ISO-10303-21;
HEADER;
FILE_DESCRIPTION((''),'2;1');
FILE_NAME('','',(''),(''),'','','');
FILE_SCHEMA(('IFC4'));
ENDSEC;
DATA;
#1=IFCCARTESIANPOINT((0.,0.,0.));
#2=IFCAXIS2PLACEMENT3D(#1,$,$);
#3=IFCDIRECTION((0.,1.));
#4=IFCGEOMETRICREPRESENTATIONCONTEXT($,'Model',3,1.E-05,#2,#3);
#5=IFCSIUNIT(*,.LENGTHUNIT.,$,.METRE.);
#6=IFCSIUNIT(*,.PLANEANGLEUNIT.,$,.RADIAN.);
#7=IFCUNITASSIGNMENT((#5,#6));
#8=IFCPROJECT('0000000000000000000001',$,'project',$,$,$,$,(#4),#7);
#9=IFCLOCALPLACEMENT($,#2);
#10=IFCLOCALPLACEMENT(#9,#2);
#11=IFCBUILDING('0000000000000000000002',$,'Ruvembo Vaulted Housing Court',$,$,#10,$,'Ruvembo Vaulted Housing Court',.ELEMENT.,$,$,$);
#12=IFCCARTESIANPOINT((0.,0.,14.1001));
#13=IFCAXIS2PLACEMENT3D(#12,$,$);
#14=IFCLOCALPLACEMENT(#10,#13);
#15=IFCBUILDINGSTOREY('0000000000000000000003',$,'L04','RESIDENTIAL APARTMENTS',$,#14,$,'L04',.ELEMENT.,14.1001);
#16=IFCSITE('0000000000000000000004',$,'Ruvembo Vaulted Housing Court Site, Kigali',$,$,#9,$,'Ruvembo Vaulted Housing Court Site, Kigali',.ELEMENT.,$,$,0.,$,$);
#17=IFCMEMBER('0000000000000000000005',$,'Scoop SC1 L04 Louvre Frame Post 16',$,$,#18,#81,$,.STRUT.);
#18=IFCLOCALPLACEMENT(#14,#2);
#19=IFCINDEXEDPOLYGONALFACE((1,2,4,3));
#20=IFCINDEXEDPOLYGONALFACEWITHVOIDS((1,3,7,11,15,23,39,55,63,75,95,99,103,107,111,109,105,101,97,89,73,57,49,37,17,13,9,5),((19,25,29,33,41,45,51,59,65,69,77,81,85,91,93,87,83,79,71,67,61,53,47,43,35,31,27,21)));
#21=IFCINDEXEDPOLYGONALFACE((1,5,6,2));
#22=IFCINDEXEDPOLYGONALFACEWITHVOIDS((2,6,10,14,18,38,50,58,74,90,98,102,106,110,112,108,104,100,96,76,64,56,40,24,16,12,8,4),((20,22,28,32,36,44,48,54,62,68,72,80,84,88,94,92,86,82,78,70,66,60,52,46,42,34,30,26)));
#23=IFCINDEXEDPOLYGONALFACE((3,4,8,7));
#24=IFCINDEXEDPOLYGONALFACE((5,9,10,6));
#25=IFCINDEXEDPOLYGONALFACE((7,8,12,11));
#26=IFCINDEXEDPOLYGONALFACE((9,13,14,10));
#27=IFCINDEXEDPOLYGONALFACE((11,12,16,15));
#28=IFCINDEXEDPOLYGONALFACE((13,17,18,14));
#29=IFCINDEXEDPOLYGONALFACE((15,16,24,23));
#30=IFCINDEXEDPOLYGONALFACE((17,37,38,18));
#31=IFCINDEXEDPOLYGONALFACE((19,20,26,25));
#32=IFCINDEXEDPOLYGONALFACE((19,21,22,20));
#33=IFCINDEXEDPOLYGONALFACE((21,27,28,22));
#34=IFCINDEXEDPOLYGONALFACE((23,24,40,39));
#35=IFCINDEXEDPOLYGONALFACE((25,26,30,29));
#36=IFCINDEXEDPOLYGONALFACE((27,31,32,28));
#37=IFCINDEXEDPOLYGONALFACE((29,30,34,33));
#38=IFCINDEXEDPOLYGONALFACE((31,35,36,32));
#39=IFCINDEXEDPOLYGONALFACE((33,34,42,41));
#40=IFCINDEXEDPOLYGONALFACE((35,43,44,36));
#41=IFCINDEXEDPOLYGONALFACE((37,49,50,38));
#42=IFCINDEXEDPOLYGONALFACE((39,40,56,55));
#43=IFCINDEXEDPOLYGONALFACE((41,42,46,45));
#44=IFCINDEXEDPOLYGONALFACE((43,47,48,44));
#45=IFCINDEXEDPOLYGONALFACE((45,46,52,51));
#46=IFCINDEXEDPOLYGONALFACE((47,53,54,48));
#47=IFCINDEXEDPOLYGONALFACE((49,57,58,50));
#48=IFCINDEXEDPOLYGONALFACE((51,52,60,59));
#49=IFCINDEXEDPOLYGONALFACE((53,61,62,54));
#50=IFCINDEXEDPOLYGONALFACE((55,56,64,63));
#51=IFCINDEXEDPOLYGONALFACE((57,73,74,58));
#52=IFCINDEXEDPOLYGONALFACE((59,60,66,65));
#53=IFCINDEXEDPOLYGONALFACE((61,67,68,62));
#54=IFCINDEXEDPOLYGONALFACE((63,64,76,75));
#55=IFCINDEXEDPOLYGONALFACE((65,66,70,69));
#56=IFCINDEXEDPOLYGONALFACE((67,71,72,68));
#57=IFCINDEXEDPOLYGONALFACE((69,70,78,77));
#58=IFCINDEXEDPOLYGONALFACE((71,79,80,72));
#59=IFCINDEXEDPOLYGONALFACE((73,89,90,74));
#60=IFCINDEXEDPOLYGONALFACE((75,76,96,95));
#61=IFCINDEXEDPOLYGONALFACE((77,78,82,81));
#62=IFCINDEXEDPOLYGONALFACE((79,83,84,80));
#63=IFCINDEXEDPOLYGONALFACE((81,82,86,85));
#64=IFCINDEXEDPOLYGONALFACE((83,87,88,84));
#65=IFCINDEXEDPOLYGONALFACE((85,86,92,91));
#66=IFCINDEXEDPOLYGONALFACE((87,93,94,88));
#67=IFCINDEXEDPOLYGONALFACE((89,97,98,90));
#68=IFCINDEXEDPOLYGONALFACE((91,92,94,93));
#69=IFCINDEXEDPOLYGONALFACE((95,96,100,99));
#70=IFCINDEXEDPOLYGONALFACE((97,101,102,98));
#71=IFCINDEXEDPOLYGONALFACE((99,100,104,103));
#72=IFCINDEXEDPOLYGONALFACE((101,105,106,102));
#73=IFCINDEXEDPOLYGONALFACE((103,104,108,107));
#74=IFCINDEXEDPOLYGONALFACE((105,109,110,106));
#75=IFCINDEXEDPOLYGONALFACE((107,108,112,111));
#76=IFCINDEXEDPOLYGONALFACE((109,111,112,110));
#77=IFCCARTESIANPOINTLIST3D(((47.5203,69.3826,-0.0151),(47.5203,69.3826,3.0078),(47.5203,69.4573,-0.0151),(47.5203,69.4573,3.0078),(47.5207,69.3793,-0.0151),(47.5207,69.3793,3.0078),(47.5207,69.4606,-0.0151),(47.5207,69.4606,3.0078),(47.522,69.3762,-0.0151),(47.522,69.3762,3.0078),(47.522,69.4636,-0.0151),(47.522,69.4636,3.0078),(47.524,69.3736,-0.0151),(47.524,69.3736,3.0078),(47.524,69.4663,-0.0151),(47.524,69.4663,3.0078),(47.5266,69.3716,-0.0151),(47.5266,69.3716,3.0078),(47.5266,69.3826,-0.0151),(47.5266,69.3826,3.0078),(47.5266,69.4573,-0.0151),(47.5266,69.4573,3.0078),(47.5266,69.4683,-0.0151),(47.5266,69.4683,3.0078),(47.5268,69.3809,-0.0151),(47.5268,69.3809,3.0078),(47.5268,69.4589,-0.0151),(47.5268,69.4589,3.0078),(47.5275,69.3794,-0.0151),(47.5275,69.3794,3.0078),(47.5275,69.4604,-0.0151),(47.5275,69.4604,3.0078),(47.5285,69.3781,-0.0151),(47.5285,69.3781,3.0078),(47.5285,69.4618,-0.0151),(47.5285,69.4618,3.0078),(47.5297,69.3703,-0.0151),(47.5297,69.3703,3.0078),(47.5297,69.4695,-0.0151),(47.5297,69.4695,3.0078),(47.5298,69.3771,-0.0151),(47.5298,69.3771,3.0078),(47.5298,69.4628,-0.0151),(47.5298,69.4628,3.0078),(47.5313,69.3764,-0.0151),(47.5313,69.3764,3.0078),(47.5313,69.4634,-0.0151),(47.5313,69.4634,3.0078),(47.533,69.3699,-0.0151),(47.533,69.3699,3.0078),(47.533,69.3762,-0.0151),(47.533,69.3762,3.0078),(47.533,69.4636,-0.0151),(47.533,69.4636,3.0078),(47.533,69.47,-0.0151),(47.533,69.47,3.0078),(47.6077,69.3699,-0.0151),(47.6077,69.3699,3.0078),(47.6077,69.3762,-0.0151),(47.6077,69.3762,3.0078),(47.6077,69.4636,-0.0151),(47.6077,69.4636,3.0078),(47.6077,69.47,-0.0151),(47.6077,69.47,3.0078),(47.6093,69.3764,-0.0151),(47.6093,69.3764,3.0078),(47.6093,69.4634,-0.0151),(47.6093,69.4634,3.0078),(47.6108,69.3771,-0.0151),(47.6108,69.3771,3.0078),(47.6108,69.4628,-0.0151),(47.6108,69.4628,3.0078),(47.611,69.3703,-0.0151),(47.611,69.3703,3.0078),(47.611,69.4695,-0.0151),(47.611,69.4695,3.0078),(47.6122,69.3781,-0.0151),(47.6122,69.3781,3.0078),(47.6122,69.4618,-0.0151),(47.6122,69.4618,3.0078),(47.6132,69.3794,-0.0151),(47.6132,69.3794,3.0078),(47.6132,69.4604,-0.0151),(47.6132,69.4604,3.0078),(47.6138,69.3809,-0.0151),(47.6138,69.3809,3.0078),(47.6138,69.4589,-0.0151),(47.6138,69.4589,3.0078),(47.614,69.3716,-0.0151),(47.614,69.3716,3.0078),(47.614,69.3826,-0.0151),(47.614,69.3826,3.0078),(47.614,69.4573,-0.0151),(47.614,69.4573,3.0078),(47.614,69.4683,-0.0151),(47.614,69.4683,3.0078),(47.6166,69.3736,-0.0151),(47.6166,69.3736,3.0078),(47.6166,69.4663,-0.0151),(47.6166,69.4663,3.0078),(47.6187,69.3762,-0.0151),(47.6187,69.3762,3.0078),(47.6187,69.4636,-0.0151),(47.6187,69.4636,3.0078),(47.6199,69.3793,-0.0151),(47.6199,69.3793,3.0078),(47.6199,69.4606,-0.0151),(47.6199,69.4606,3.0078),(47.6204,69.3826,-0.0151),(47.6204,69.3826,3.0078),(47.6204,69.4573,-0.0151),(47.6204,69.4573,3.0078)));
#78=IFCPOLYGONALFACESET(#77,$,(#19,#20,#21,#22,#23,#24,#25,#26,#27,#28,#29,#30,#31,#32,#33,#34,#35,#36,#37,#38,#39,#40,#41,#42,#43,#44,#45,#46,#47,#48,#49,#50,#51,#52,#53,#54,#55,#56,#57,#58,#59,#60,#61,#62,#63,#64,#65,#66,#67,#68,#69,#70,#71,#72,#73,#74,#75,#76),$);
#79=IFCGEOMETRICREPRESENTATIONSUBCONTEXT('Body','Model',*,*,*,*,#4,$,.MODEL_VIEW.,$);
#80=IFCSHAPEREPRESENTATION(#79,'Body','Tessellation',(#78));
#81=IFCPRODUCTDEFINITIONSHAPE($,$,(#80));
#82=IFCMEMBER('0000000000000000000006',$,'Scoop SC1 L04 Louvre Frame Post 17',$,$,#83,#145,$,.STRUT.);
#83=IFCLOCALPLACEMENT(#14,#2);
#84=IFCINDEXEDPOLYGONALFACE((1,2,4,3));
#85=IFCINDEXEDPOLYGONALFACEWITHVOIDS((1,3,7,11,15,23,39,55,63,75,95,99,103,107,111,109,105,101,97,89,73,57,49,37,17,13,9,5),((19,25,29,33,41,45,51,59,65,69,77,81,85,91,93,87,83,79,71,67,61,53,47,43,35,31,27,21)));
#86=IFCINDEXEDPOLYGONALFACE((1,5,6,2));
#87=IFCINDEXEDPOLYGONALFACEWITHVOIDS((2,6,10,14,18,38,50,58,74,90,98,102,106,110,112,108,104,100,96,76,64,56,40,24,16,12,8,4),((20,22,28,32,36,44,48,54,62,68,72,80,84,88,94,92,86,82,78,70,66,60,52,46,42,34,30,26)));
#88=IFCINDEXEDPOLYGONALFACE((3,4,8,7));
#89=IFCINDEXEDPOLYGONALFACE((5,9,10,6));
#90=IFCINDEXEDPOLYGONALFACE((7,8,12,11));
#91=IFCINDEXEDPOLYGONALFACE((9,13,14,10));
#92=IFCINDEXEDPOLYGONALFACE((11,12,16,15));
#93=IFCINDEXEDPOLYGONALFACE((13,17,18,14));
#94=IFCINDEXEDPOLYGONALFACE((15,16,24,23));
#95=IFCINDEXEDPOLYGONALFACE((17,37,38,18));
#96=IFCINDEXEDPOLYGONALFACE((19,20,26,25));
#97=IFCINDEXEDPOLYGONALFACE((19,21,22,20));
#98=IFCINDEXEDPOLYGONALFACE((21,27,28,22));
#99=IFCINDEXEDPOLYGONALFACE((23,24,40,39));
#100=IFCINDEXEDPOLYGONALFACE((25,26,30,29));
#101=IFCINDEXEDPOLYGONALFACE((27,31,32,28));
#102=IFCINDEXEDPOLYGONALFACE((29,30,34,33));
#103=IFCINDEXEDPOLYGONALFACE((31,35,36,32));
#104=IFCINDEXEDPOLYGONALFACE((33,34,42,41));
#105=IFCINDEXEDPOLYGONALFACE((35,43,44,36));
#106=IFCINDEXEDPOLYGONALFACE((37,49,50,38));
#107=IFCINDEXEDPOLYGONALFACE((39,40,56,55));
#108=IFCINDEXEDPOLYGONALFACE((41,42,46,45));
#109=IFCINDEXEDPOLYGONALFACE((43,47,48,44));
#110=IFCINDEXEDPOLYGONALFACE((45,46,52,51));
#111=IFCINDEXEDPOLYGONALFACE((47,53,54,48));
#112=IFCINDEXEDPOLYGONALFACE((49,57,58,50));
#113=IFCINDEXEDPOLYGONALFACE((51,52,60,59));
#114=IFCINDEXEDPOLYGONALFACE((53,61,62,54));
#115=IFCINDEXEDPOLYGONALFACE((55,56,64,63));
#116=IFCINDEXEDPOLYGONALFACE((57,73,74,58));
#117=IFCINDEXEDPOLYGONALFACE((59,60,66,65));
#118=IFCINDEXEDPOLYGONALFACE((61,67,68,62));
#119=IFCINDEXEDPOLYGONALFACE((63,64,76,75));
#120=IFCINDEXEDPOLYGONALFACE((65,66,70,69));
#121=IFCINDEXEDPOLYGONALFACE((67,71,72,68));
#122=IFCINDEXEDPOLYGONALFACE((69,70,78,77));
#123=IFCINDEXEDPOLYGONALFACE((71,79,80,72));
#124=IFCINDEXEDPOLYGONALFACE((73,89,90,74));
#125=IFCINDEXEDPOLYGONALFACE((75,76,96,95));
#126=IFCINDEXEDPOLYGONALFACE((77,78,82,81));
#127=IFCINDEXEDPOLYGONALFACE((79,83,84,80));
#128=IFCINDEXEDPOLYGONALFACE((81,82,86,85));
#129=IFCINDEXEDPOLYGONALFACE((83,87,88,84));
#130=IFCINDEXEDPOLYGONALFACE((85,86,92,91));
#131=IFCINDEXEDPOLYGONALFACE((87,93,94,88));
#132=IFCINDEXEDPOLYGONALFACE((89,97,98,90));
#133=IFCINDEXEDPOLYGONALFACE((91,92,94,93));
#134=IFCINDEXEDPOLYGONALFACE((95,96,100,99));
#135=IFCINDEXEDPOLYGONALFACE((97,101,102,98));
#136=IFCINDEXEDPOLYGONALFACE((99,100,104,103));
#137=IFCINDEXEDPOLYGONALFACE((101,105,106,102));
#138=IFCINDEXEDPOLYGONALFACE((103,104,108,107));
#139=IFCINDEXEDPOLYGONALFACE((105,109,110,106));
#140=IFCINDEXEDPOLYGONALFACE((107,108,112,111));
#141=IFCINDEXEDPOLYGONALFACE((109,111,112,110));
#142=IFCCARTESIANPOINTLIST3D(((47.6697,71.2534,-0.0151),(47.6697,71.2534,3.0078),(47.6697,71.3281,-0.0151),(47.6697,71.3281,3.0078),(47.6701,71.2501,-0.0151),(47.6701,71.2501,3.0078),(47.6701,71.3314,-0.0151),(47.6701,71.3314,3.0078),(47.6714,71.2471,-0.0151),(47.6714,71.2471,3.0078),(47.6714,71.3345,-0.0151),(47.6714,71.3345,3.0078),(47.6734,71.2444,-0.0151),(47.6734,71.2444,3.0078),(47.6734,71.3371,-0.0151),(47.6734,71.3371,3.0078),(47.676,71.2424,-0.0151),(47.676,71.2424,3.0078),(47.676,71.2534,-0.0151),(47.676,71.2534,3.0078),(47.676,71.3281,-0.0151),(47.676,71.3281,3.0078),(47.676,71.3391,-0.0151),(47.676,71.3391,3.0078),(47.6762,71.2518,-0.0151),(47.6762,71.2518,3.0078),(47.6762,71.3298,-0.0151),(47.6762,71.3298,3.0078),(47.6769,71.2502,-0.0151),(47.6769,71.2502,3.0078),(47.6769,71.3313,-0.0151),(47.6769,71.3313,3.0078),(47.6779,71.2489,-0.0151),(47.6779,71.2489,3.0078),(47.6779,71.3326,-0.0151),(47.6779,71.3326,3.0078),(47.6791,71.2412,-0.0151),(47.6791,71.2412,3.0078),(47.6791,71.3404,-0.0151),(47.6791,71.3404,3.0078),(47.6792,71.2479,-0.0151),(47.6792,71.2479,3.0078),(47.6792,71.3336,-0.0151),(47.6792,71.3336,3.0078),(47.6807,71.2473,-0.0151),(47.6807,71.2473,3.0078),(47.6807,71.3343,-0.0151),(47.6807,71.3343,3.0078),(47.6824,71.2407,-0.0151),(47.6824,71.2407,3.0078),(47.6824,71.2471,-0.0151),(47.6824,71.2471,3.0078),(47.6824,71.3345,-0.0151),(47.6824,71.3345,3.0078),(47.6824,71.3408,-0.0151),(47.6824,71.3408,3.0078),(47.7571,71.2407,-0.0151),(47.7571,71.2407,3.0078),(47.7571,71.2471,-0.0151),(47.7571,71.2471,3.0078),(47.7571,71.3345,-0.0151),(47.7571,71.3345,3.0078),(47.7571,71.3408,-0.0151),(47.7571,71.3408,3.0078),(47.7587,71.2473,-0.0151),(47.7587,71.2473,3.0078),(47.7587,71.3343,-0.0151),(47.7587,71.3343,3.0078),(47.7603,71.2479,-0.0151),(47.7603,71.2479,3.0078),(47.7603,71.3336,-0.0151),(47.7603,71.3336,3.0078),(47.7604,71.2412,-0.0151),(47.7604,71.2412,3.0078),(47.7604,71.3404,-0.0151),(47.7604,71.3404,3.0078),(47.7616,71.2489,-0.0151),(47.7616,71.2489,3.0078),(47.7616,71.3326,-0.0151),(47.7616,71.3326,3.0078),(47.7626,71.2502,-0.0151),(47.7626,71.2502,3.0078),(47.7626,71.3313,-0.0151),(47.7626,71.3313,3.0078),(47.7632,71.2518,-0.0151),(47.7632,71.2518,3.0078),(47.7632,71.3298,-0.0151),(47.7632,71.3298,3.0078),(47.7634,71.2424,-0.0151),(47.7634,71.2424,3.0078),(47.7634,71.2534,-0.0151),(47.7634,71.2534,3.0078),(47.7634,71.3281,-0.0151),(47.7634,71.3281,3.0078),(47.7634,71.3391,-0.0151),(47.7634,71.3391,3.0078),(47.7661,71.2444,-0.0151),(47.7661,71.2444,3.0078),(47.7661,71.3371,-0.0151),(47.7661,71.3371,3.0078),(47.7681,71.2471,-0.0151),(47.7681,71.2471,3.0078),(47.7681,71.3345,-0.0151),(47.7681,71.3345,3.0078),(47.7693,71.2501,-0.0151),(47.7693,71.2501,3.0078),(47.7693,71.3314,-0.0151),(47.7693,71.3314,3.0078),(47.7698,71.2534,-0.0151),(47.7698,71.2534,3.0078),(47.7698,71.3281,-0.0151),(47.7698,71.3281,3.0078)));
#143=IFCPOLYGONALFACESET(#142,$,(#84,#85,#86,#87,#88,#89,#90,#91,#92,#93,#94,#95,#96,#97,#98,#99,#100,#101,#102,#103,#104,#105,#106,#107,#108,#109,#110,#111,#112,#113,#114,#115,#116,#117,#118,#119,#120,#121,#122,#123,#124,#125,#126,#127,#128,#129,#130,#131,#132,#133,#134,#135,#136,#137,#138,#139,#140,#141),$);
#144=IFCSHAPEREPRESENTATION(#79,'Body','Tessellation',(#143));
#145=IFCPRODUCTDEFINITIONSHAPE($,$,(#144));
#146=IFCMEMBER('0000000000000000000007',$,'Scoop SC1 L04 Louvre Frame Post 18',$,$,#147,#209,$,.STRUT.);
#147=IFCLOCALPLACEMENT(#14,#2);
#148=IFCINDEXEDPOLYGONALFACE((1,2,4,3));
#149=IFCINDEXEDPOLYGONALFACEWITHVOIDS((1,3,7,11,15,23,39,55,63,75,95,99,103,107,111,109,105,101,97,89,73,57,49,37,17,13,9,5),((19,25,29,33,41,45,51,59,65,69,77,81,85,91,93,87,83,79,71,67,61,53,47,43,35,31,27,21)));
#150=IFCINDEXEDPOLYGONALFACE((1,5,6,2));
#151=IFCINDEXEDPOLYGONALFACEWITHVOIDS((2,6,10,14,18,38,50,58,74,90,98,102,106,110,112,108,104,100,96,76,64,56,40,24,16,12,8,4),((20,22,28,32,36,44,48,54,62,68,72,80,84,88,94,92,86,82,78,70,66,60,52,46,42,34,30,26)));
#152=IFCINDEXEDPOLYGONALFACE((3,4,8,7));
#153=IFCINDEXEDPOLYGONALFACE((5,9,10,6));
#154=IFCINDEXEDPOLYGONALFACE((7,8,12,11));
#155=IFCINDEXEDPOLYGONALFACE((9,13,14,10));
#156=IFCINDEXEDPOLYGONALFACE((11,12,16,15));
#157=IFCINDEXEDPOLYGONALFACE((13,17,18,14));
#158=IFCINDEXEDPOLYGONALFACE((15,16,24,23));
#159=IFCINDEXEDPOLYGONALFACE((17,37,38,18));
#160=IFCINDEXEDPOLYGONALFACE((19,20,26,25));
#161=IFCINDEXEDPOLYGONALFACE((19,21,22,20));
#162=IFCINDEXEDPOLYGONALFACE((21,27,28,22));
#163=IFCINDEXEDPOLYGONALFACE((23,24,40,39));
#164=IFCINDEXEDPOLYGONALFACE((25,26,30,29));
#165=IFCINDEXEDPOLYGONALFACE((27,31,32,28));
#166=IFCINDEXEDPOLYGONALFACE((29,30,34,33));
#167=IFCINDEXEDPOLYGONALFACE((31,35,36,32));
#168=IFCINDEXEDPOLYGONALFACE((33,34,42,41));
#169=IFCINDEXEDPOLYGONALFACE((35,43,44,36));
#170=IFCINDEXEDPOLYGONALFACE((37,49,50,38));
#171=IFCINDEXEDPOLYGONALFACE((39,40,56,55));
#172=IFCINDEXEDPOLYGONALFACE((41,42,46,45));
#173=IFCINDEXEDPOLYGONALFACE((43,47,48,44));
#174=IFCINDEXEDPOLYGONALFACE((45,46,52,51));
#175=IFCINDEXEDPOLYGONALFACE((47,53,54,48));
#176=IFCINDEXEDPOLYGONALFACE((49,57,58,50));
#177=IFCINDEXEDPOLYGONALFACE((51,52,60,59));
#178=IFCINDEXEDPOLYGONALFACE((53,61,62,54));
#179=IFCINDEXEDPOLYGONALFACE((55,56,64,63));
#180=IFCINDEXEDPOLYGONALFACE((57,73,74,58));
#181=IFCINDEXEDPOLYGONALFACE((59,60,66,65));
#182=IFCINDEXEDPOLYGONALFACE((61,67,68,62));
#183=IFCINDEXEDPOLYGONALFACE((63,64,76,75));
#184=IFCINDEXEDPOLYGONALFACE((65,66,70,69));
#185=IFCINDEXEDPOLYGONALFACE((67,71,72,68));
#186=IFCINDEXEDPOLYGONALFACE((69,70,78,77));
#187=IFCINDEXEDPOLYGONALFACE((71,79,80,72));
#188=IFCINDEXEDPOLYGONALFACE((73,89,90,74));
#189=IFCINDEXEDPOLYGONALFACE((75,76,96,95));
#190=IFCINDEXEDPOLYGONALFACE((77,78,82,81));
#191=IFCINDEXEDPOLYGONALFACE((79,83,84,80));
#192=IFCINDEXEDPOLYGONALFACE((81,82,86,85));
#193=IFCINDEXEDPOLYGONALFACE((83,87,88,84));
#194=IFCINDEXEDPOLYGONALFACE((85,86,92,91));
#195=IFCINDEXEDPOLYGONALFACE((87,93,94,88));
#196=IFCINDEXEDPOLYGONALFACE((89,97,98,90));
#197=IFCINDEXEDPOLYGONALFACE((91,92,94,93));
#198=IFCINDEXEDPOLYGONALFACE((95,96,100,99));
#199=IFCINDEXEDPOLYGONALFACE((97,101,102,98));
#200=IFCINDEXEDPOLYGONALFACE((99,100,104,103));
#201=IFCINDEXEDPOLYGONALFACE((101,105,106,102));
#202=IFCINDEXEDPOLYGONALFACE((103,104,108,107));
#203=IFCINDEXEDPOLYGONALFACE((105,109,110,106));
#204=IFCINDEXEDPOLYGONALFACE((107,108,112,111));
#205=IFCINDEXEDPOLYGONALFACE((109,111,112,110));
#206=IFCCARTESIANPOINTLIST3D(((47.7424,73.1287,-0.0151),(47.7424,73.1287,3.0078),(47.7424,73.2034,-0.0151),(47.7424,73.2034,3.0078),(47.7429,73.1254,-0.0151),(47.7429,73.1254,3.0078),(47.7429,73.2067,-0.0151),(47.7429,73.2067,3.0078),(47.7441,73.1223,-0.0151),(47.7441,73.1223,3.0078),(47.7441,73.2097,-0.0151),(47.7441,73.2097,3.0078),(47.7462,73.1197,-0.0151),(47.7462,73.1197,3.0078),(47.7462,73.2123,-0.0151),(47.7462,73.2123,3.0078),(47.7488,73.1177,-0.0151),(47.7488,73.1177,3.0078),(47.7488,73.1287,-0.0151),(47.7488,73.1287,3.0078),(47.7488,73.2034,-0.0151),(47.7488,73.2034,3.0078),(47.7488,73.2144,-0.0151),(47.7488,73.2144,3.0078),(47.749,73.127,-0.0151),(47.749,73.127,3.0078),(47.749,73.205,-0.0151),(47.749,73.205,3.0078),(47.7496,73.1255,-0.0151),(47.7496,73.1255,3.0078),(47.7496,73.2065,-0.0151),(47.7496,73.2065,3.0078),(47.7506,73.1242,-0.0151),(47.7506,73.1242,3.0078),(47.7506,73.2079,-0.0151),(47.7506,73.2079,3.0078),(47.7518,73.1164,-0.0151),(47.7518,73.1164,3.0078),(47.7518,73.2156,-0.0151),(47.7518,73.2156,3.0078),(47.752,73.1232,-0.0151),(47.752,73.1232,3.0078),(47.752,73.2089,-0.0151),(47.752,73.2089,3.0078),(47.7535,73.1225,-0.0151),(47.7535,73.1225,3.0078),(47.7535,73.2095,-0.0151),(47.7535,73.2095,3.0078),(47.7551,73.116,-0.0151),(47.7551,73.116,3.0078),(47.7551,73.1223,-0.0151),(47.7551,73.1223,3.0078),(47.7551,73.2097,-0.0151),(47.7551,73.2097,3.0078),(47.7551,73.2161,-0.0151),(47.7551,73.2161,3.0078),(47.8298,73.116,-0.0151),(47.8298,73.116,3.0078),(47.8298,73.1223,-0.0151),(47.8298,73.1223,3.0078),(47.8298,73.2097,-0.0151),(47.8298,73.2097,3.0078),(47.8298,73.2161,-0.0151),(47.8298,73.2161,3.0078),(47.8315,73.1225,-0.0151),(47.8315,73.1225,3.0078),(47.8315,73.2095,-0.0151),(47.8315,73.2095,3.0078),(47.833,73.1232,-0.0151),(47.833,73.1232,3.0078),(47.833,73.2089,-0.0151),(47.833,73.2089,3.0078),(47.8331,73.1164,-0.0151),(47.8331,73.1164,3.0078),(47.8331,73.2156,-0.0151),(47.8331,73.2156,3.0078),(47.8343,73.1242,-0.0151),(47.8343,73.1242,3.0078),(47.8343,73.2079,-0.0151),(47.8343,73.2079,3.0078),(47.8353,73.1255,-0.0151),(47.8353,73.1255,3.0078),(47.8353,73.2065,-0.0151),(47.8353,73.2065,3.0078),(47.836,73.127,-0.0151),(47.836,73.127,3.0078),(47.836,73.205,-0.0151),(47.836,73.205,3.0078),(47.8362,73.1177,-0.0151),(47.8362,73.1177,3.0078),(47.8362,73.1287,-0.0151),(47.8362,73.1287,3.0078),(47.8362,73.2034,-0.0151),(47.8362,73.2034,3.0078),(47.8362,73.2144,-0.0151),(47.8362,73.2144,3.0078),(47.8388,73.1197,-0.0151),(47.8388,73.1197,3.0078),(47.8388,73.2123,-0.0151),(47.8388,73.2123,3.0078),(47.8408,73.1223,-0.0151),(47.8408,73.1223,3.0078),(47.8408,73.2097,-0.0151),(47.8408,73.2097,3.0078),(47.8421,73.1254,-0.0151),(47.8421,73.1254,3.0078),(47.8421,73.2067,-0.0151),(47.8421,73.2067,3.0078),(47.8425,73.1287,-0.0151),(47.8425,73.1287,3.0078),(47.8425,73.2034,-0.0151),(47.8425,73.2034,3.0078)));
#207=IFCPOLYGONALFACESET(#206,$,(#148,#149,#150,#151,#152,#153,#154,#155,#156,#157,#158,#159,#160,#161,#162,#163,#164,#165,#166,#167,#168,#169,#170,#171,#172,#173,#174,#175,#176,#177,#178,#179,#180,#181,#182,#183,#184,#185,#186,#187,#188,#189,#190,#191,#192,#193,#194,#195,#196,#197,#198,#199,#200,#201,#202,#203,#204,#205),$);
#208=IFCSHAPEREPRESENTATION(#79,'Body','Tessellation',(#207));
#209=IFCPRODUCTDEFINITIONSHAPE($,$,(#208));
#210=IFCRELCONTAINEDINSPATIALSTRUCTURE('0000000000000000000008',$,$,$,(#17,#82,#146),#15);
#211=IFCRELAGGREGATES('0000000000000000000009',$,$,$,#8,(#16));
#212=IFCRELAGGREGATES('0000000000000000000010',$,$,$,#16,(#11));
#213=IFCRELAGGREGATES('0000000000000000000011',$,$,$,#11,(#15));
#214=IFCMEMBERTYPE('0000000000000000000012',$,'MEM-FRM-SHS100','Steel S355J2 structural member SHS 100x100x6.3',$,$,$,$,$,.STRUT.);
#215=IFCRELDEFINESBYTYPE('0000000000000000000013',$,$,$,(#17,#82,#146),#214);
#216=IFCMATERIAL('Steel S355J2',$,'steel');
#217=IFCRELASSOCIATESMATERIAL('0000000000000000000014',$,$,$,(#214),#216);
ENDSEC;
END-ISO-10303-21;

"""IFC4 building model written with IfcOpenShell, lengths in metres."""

from ifc_helpers import new_model, si_unit, direction, frame, origin, origin_2d, place, context, subcontext, project, spatial, hollow_rectangle, extrude, material, material_profile, profile_set, type_object, element, save


model = new_model("IFC4")

# Units and contexts
model_context = context("Model", 3, precision=1e-05, world=origin(), true_north=direction((0.0, 1.0)))
body_context = subcontext(model_context, "Body", "Model", "MODEL_VIEW")
ifc_project = project(units=[si_unit("LENGTHUNIT", "METRE"), si_unit("PLANEANGLEUNIT", "RADIAN")], contexts=[model_context])

# Site, building, storey
site_placement = place(None, origin())
site = spatial("IfcSite", under=ifc_project, at=site_placement, Name="Ruvembo Vaulted Housing Court Site, Kigali", LongName="Ruvembo Vaulted Housing Court Site, Kigali", CompositionType="ELEMENT", RefElevation=0.0)
building_placement = place(site_placement, origin())
building = spatial("IfcBuilding", under=site, at=building_placement, Name="Ruvembo Vaulted Housing Court", LongName="Ruvembo Vaulted Housing Court", CompositionType="ELEMENT")
storey_placement = place(building_placement, frame((0.0, 0.0, 14.1001)))
storey = spatial("IfcBuildingStorey", under=building, at=storey_placement, Name="L04", Description="RESIDENTIAL APARTMENTS", LongName="L04", CompositionType="ELEMENT", Elevation=14.1001)

# Shared definitions
ifc_material_1 = material(Name="Steel S355J2", Category="steel")

# Members
ifc_material_profile_1 = material_profile(ifc_material_1, hollow_rectangle(XDim=0.1001, YDim=0.1001, WallThickness=0.0063, InnerFilletRadius=0.0063, OuterFilletRadius=0.0127, at=origin_2d()), Name="SHS 100x100x6.3")
ifc_profile_set_1 = profile_set([ifc_material_profile_1], Name="Steel S355J2")
member_type_1 = type_object("IfcMemberType", Name="MEM-FRM-SHS100", Description="Steel S355J2 structural member SHS 100x100x6.3", PredefinedType="STRUT", material=ifc_profile_set_1)
for number, where, z_axis, x_axis, name in (
    (1, (47.5703, 69.4199, -0.0151), (0.0, 0.0, 1.0), (1.0, 0.0, 0.0), "Scoop SC1 L04 Louvre Frame Post 16"),
    (2, (47.7197, 71.2908, -0.0151), (0.0, 0.0, 1.0), (1.0, 0.0, 0.0), "Scoop SC1 L04 Louvre Frame Post 17"),
    (3, (47.7925, 73.166, -0.0151), (0.0, 0.0, 1.0), (1.0, 0.0, 0.0), "Scoop SC1 L04 Louvre Frame Post 18"),
):
    element("IfcMember", number, at=place(storey_placement, frame(where, z_axis=z_axis, x_axis=x_axis)), inside=storey, type_object=member_type_1, Name=name, PredefinedType="STRUT", context=body_context, shape_type="SweptSolid", body=[
        extrude(hollow_rectangle(XDim=0.1001, YDim=0.1001, WallThickness=0.0063, InnerFilletRadius=0.0063, OuterFilletRadius=0.0127, at=origin_2d()), origin(), (0.0, 0.0, 1.0), 3.0229),
    ])

save(model, "model.ifc")
